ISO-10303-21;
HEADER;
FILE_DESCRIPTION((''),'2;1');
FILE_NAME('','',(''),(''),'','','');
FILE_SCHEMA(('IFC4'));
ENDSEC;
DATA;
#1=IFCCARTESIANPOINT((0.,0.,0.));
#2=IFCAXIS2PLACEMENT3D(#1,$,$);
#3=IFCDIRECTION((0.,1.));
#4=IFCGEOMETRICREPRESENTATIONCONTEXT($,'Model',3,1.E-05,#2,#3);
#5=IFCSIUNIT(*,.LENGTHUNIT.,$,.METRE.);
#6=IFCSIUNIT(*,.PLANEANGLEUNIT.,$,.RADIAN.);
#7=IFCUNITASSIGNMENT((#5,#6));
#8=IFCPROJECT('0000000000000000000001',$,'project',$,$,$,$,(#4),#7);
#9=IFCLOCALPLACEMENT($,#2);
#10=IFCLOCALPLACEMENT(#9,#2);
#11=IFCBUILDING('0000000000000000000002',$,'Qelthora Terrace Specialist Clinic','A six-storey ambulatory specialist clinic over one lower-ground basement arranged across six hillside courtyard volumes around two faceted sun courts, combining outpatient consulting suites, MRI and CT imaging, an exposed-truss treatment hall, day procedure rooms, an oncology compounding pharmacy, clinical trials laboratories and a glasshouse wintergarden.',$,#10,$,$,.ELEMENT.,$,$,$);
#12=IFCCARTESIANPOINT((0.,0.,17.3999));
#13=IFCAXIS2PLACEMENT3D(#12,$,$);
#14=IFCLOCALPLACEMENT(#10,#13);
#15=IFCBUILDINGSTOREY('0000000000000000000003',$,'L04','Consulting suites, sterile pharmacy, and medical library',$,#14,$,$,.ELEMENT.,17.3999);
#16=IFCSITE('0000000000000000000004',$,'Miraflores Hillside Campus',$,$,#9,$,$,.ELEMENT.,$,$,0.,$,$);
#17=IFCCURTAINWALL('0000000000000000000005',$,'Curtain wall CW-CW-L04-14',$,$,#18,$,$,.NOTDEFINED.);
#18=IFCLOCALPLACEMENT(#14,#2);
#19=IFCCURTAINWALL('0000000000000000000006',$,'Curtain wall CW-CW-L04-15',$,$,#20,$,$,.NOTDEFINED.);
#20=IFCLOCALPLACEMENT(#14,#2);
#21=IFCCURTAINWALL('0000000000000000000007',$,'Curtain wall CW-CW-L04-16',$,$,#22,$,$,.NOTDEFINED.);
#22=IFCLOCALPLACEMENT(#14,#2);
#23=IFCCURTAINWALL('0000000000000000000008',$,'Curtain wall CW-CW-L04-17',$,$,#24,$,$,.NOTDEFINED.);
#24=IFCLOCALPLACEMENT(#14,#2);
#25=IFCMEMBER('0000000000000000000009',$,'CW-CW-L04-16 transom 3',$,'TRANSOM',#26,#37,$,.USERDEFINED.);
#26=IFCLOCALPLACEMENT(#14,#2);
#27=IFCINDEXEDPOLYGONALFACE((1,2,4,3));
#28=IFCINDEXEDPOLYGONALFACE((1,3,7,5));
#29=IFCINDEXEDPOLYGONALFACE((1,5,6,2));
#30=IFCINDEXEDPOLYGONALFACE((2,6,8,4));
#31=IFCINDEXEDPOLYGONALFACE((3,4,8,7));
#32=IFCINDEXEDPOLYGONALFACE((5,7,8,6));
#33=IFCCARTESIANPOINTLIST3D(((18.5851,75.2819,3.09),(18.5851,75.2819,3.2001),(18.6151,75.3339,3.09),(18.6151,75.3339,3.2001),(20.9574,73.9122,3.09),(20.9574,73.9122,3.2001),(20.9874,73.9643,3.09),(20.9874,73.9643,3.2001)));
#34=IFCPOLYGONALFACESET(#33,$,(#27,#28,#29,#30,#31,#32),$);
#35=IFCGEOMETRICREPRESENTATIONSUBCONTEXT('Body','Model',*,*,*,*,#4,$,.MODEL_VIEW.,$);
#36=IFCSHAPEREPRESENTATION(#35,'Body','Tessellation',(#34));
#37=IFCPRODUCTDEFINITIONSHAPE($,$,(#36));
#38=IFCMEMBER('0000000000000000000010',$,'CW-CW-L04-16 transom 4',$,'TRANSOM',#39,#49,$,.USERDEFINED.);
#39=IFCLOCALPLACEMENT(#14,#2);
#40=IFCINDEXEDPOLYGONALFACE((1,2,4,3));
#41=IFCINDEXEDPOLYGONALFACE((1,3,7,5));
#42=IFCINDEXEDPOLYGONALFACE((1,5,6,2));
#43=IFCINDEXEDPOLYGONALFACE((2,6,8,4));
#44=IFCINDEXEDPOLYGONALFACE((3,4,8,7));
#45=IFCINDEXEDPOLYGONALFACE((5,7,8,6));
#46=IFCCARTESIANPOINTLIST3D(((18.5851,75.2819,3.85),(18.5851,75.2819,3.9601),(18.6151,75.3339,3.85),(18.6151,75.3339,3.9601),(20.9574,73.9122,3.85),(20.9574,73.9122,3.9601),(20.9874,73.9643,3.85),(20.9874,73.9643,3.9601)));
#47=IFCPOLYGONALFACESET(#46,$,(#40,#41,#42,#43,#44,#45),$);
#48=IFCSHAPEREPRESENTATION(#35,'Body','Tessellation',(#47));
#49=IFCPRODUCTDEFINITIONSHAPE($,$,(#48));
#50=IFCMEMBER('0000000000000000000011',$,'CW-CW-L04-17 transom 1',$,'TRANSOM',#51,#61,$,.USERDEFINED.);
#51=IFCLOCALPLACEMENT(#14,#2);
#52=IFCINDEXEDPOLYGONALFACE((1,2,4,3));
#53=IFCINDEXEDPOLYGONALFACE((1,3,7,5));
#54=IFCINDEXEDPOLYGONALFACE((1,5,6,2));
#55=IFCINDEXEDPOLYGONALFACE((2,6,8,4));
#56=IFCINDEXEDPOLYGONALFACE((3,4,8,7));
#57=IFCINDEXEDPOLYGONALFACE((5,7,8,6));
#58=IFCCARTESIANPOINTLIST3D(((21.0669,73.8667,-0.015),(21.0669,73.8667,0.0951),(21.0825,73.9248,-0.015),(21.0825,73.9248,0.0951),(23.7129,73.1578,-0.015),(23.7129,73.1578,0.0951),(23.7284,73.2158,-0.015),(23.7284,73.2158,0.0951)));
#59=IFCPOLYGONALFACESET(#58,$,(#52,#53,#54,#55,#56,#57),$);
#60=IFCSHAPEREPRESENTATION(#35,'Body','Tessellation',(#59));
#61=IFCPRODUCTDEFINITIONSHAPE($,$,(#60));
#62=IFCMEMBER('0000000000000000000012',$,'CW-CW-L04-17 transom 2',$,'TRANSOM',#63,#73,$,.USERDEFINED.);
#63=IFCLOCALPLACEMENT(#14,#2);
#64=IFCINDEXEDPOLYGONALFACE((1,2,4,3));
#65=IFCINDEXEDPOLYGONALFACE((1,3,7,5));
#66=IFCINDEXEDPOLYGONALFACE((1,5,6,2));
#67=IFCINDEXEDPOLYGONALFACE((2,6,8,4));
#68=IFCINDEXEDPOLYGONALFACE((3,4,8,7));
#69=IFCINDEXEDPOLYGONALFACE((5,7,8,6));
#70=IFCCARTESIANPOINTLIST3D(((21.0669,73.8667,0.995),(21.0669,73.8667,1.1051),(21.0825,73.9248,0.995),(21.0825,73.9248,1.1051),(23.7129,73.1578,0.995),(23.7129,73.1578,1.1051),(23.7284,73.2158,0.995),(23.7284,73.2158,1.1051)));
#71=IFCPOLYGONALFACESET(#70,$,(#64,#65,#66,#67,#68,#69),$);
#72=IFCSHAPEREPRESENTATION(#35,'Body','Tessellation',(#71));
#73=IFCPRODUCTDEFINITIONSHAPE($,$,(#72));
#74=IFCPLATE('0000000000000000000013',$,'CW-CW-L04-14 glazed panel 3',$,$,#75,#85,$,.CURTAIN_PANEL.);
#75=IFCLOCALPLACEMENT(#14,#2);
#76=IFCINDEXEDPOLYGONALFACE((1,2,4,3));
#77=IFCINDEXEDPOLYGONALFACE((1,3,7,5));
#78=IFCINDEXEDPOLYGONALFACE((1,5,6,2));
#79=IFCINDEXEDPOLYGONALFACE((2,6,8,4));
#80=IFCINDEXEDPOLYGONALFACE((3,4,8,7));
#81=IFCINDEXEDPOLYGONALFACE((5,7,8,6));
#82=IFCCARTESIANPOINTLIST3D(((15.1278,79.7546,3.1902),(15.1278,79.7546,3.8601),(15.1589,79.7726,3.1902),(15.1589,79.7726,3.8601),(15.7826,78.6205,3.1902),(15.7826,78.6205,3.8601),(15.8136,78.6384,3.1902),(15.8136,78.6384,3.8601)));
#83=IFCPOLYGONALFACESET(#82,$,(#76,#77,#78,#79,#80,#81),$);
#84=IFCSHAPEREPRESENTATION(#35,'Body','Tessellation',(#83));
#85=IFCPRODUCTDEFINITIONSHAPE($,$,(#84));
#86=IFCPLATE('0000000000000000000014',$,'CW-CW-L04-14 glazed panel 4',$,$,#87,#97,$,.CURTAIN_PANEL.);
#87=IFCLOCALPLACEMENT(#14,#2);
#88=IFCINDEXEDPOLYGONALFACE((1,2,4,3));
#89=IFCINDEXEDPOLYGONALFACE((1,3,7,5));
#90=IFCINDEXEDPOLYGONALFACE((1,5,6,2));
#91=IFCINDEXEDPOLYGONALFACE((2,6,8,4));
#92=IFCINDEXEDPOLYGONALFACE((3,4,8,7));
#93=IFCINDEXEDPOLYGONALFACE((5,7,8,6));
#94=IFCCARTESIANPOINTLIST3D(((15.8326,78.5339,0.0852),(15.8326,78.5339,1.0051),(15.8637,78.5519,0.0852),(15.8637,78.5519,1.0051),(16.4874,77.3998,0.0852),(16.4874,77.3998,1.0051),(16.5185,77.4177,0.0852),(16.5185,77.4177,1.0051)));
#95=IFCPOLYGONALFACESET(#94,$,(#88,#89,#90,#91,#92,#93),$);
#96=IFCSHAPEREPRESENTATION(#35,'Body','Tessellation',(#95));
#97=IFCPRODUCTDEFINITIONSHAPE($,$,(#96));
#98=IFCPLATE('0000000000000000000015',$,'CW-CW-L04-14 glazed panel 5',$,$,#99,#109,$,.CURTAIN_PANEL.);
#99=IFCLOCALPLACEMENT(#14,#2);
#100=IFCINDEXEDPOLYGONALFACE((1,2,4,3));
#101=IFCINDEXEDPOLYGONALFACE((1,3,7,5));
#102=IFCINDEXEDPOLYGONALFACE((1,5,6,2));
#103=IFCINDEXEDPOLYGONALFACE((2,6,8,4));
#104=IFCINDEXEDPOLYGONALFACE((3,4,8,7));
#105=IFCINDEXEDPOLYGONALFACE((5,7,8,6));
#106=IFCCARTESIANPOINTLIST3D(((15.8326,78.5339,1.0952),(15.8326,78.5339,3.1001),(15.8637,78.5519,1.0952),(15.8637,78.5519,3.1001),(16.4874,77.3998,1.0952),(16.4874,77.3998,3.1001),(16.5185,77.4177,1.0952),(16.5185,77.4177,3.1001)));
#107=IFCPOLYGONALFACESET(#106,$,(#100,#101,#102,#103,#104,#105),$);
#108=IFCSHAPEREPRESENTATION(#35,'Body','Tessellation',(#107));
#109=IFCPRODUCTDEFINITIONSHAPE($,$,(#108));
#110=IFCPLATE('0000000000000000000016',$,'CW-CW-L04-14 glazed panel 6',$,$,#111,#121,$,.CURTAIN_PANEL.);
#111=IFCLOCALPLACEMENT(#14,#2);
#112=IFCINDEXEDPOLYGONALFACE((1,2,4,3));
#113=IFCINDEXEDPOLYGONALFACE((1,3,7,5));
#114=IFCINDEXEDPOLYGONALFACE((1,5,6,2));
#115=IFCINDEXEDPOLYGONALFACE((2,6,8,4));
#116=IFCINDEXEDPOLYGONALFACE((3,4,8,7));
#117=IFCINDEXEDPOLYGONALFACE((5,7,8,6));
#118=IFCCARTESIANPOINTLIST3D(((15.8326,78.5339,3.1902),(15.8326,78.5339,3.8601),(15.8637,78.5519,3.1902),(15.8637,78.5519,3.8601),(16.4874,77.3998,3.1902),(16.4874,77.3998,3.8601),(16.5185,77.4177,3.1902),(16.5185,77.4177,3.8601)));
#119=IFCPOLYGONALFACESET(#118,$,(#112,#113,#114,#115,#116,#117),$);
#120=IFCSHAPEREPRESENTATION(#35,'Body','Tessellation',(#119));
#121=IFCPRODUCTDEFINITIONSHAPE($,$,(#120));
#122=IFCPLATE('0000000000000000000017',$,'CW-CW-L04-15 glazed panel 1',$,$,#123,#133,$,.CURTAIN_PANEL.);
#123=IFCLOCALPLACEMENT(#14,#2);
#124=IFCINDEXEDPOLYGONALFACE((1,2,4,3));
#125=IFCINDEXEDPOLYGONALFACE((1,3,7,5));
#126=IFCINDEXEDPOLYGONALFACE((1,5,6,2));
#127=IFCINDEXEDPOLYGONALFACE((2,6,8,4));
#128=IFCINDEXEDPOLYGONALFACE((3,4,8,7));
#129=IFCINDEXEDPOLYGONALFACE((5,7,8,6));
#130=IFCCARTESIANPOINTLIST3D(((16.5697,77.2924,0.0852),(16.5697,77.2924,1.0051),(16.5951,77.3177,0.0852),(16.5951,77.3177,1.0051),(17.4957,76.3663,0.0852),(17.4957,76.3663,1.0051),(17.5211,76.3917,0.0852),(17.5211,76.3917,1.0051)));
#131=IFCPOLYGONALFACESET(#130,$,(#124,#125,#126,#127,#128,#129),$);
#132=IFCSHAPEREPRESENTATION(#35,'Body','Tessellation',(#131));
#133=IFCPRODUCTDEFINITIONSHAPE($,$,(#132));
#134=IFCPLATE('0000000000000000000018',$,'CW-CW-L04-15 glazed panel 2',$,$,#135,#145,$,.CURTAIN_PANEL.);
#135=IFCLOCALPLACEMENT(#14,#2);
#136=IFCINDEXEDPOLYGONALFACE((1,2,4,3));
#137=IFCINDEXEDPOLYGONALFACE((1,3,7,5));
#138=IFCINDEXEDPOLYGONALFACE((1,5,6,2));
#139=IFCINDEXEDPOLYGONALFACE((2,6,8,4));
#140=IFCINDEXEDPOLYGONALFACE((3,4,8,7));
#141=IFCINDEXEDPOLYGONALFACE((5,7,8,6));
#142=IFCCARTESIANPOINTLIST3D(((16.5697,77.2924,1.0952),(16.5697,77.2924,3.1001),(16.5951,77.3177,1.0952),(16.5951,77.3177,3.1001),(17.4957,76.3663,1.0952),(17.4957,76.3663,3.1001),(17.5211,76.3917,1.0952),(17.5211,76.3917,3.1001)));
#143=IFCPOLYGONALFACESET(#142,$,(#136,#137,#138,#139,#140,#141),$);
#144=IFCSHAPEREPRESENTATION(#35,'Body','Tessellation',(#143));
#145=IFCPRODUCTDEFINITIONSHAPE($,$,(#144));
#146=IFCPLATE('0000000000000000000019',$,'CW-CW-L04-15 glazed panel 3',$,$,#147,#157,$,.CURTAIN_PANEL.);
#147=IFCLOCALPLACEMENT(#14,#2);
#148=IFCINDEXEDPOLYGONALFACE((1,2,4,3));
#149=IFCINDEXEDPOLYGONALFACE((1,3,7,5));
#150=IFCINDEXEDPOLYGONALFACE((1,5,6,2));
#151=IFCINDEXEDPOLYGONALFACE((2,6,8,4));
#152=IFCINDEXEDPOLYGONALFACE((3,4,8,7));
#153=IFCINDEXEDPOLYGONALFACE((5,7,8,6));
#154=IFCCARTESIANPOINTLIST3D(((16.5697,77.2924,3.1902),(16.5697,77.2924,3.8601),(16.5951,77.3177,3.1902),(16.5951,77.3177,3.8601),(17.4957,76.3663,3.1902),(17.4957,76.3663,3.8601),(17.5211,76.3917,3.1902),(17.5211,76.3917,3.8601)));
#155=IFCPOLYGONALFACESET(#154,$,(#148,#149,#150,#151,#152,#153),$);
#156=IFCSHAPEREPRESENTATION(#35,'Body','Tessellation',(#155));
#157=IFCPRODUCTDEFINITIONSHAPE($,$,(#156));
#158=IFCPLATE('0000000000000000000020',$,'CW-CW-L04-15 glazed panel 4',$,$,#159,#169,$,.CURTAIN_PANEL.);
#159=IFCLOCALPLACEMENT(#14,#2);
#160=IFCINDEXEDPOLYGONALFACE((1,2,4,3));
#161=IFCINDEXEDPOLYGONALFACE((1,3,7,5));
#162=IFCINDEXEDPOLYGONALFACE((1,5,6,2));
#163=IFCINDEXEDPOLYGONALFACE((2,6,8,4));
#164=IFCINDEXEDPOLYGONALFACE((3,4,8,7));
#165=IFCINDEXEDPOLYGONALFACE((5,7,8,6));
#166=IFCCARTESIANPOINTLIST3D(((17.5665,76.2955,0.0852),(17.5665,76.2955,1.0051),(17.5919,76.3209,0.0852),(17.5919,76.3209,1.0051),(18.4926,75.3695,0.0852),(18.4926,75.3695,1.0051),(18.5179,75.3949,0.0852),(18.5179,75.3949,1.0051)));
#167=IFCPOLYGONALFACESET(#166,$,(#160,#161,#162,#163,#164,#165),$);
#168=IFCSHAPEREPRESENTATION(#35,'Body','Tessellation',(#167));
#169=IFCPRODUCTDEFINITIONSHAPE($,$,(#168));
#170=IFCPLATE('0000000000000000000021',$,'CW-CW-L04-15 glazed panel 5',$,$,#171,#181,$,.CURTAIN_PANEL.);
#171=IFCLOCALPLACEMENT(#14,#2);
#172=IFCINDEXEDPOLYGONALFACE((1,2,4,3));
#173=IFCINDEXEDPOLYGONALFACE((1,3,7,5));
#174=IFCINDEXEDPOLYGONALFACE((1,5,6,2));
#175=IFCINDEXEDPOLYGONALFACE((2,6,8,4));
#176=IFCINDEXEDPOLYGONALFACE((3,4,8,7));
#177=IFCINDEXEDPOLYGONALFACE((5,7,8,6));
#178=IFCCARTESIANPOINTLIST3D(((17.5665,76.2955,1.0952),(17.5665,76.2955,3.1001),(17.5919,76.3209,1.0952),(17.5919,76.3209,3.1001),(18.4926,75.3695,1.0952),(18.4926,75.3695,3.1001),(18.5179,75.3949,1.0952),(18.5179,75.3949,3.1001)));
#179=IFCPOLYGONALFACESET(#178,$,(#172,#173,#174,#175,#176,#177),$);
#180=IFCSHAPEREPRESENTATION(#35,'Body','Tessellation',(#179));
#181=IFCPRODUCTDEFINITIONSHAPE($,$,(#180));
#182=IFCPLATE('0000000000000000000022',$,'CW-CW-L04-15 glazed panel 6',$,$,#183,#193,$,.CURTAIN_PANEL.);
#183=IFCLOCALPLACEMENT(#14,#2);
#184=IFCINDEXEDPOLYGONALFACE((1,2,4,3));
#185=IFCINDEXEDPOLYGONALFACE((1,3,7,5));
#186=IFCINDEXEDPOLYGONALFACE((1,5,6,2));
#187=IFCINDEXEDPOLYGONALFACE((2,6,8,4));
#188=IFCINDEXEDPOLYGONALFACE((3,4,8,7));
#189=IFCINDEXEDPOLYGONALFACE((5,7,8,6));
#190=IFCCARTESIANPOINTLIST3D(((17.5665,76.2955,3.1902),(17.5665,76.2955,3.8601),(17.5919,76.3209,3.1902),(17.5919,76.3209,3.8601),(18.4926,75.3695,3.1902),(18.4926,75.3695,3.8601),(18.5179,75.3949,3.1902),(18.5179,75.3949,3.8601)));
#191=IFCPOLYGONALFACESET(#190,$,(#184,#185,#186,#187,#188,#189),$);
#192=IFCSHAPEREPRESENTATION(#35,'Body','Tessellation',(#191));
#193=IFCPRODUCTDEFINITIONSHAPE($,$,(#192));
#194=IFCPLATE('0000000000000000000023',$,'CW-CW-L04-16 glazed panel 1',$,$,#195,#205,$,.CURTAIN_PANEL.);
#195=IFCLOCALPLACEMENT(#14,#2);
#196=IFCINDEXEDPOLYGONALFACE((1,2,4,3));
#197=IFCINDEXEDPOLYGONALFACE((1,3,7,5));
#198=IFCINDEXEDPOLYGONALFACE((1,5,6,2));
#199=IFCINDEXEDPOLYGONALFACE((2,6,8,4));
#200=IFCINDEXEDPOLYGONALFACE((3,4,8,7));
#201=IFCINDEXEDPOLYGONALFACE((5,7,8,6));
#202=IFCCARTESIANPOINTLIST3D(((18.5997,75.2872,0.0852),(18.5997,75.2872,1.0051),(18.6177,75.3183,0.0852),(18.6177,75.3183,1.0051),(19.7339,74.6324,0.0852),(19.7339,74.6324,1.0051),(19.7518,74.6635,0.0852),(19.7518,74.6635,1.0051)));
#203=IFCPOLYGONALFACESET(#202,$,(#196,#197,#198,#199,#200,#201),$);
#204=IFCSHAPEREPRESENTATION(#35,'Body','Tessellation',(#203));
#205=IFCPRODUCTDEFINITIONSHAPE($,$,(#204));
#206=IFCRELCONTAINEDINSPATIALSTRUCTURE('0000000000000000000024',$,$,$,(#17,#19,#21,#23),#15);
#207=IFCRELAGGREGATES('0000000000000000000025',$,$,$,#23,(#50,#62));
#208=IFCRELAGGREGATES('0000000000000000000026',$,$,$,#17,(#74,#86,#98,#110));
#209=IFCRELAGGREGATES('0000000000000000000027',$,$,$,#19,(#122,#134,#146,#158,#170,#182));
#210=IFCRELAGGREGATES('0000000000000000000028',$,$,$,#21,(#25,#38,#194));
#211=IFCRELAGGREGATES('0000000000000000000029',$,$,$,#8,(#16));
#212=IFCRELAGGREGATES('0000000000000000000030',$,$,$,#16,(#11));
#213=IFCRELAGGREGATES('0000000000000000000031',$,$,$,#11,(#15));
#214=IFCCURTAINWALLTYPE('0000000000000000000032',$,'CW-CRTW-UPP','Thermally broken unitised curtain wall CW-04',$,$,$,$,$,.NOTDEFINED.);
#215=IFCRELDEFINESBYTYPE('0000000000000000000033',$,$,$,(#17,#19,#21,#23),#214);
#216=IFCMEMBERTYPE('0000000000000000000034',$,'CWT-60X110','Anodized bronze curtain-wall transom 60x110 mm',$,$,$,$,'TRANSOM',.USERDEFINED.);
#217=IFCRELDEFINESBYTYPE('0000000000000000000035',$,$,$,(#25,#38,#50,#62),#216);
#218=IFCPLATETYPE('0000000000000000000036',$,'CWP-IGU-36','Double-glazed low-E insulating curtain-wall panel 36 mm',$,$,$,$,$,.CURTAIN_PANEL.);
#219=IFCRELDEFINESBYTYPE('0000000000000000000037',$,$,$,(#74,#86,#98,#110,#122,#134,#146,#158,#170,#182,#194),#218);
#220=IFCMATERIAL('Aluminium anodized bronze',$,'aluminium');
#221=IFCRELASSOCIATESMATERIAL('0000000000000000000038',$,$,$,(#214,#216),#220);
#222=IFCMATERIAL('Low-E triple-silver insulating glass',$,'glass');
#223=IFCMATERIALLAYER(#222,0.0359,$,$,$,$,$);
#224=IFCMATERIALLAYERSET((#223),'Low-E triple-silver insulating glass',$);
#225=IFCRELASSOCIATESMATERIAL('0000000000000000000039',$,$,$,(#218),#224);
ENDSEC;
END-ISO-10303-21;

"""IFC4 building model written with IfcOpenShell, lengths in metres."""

from ifc_helpers import new_model, si_unit, direction, frame, origin, origin_2d, place, context, subcontext, project, spatial, rectangle, extrude, material, layer, layer_set, material_profile, profile_set, type_object, element, aggregate, save


model = new_model("IFC4")

# Units and contexts
model_context = context("Model", 3, precision=1e-05, world=origin(), true_north=direction((0.0, 1.0)))
body_context = subcontext(model_context, "Body", "Model", "MODEL_VIEW")
ifc_project = project(units=[si_unit("LENGTHUNIT", "METRE"), si_unit("PLANEANGLEUNIT", "RADIAN")], contexts=[model_context])

# Site, building, storey
site_placement = place(None, origin())
site = spatial("IfcSite", under=ifc_project, at=site_placement, Name="Miraflores Hillside Campus", CompositionType="ELEMENT", RefElevation=0.0)
building_placement = place(site_placement, origin())
building = spatial("IfcBuilding", under=site, at=building_placement, Name="Qelthora Terrace Specialist Clinic", Description="A six-storey ambulatory specialist clinic over one lower-ground basement arranged across six hillside courtyard volumes around two faceted sun courts, combining outpatient consulting suites, MRI and CT imaging, an exposed-truss treatment hall, day procedure rooms, an oncology compounding pharmacy, clinical trials laboratories and a glasshouse wintergarden.", CompositionType="ELEMENT")
storey_placement = place(building_placement, frame((0.0, 0.0, 17.3999)))
storey = spatial("IfcBuildingStorey", under=building, at=storey_placement, Name="L04", Description="Consulting suites, sterile pharmacy, and medical library", CompositionType="ELEMENT", Elevation=17.3999)

# Curtain walls
ifc_material_1 = material(Name="Aluminium anodized bronze", Category="aluminium")
curtain_wall_type = type_object("IfcCurtainWallType", Name="CW-CRTW-UPP", Description="Thermally broken unitised curtain wall CW-04", PredefinedType="NOTDEFINED", material=ifc_material_1)
curtain_wall_1_placement = place(storey_placement, origin())
curtain_wall_1 = element("IfcCurtainWall", 1, at=curtain_wall_1_placement, inside=storey, type_object=curtain_wall_type, Name="Curtain wall CW-CW-L04-14", PredefinedType="NOTDEFINED")
curtain_wall_2_placement = place(storey_placement, origin())
curtain_wall_2 = element("IfcCurtainWall", 2, at=curtain_wall_2_placement, inside=storey, type_object=curtain_wall_type, Name="Curtain wall CW-CW-L04-15", PredefinedType="NOTDEFINED")
curtain_wall_3_placement = place(storey_placement, origin())
curtain_wall_3 = element("IfcCurtainWall", 3, at=curtain_wall_3_placement, inside=storey, type_object=curtain_wall_type, Name="Curtain wall CW-CW-L04-16", PredefinedType="NOTDEFINED")

# Curtain wall
curtain_wall_4_placement = place(storey_placement, origin())
curtain_wall_4 = element("IfcCurtainWall", 4, at=curtain_wall_4_placement, inside=storey, type_object=curtain_wall_type, Name="Curtain wall CW-CW-L04-17", PredefinedType="NOTDEFINED")

# Members
ifc_material_profile_1 = material_profile(ifc_material_1, rectangle(XDim=0.0601, YDim=0.1101, at=origin_2d()), Name="CWT60X110")
ifc_profile_set_1 = profile_set([ifc_material_profile_1], Name="Aluminium anodized bronze")
member_type_1 = type_object("IfcMemberType", Name="CWT-60X110", Description="Anodized bronze curtain-wall transom 60x110 mm", ElementType="TRANSOM", PredefinedType="USERDEFINED", material=ifc_profile_set_1)
member_1_placement = place(storey_placement, frame((18.6001, 75.3079, 3.145), z_axis=(0.86603, -0.499992, 0.0), x_axis=(0.499992, 0.86603, 0.0)))
member_1 = element("IfcMember", 5, at=member_1_placement, type_object=member_type_1, Name="CW-CW-L04-16 transom 3", ObjectType="TRANSOM", PredefinedType="USERDEFINED", context=body_context, shape_type="SweptSolid", body=[
    extrude(rectangle(XDim=0.0601, YDim=0.1101, at=origin_2d()), origin(), (0.0, 0.0, 1.0), 2.7393),
])
member_2_placement = place(storey_placement, frame((18.6001, 75.3079, 3.905), z_axis=(0.86603, -0.499992, 0.0), x_axis=(0.499992, 0.86603, 0.0)))
member_2 = element("IfcMember", 6, at=member_2_placement, type_object=member_type_1, Name="CW-CW-L04-16 transom 4", ObjectType="TRANSOM", PredefinedType="USERDEFINED", context=body_context, shape_type="SweptSolid", body=[
    extrude(rectangle(XDim=0.0601, YDim=0.1101, at=origin_2d()), origin(), (0.0, 0.0, 1.0), 2.7393),
])
member_3_placement = place(storey_placement, frame((21.0747, 73.8958, 0.04), z_axis=(0.965927, -0.258816, 0.0), x_axis=(0.258816, 0.965927, 0.0)))
member_3 = element("IfcMember", 7, at=member_3_placement, type_object=member_type_1, Name="CW-CW-L04-17 transom 1", ObjectType="TRANSOM", PredefinedType="USERDEFINED", context=body_context, shape_type="SweptSolid", body=[
    extrude(rectangle(XDim=0.0601, YDim=0.1101, at=origin_2d()), origin(), (0.0, 0.0, 1.0), 2.7393),
])
member_4_placement = place(storey_placement, frame((21.0747, 73.8958, 1.05), z_axis=(0.965927, -0.258816, 0.0), x_axis=(0.258816, 0.965927, 0.0)))
member_4 = element("IfcMember", 8, at=member_4_placement, type_object=member_type_1, Name="CW-CW-L04-17 transom 2", ObjectType="TRANSOM", PredefinedType="USERDEFINED", context=body_context, shape_type="SweptSolid", body=[
    extrude(rectangle(XDim=0.0601, YDim=0.1101, at=origin_2d()), origin(), (0.0, 0.0, 1.0), 2.7393),
])
aggregate(curtain_wall_4, [member_3, member_4])

# Plates
ifc_material_2 = material(Name="Low-E triple-silver insulating glass", Category="glass")
ifc_layer = layer(ifc_material_2, 0.0359)
ifc_layer_set = layer_set([ifc_layer], Name="Low-E triple-silver insulating glass")
plate_type = type_object("IfcPlateType", Name="CWP-IGU-36", Description="Double-glazed low-E insulating curtain-wall panel 36 mm", PredefinedType="CURTAIN_PANEL", material=ifc_layer_set)
plate_1_placement = place(storey_placement, frame((15.4707, 79.1965, 3.1902), z_axis=(0.0, 0.0, 1.0), x_axis=(0.5, -0.866025, 0.0)))
plate_1 = element("IfcPlate", 9, at=plate_1_placement, type_object=plate_type, Name="CW-CW-L04-14 glazed panel 3", PredefinedType="CURTAIN_PANEL", context=body_context, shape_type="SweptSolid", body=[
    extrude(rectangle(XDim=1.3096, YDim=0.0359, at=origin_2d()), origin(), (0.0, 0.0, 1.0), 0.6699),
])
plate_2_placement = place(storey_placement, frame((16.1755, 77.9758, 0.0852), z_axis=(0.0, 0.0, 1.0), x_axis=(0.5, -0.866025, 0.0)))
plate_2 = element("IfcPlate", 10, at=plate_2_placement, type_object=plate_type, Name="CW-CW-L04-14 glazed panel 4", PredefinedType="CURTAIN_PANEL", context=body_context, shape_type="SweptSolid", body=[
    extrude(rectangle(XDim=1.3096, YDim=0.0359, at=origin_2d()), origin(), (0.0, 0.0, 1.0), 0.9199),
])
plate_3_placement = place(storey_placement, frame((16.1755, 77.9758, 1.0952), z_axis=(0.0, 0.0, 1.0), x_axis=(0.5, -0.866025, 0.0)))
plate_3 = element("IfcPlate", 11, at=plate_3_placement, type_object=plate_type, Name="CW-CW-L04-14 glazed panel 5", PredefinedType="CURTAIN_PANEL", context=body_context, shape_type="SweptSolid", body=[
    extrude(rectangle(XDim=1.3096, YDim=0.0359, at=origin_2d()), origin(), (0.0, 0.0, 1.0), 2.0049),
])
plate_4_placement = place(storey_placement, frame((16.1755, 77.9758, 3.1902), z_axis=(0.0, 0.0, 1.0), x_axis=(0.5, -0.866025, 0.0)))
plate_4 = element("IfcPlate", 12, at=plate_4_placement, type_object=plate_type, Name="CW-CW-L04-14 glazed panel 6", PredefinedType="CURTAIN_PANEL", context=body_context, shape_type="SweptSolid", body=[
    extrude(rectangle(XDim=1.3096, YDim=0.0359, at=origin_2d()), origin(), (0.0, 0.0, 1.0), 0.6699),
])
aggregate(curtain_wall_1, [plate_1, plate_2, plate_3, plate_4])
plate_5_placement = place(storey_placement, frame((17.0454, 76.842, 0.0852), z_axis=(0.0, 0.0, 1.0), x_axis=(0.707107, -0.707107, 0.0)))
plate_5 = element("IfcPlate", 13, at=plate_5_placement, type_object=plate_type, Name="CW-CW-L04-15 glazed panel 1", PredefinedType="CURTAIN_PANEL", context=body_context, shape_type="SweptSolid", body=[
    extrude(rectangle(XDim=1.3096, YDim=0.0359, at=origin_2d()), origin(), (0.0, 0.0, 1.0), 0.9199),
])
plate_6_placement = place(storey_placement, frame((17.0454, 76.842, 1.0952), z_axis=(0.0, 0.0, 1.0), x_axis=(0.707107, -0.707107, 0.0)))
plate_6 = element("IfcPlate", 14, at=plate_6_placement, type_object=plate_type, Name="CW-CW-L04-15 glazed panel 2", PredefinedType="CURTAIN_PANEL", context=body_context, shape_type="SweptSolid", body=[
    extrude(rectangle(XDim=1.3096, YDim=0.0359, at=origin_2d()), origin(), (0.0, 0.0, 1.0), 2.0049),
])
plate_7_placement = place(storey_placement, frame((17.0454, 76.842, 3.1902), z_axis=(0.0, 0.0, 1.0), x_axis=(0.707107, -0.707107, 0.0)))
plate_7 = element("IfcPlate", 15, at=plate_7_placement, type_object=plate_type, Name="CW-CW-L04-15 glazed panel 3", PredefinedType="CURTAIN_PANEL", context=body_context, shape_type="SweptSolid", body=[
    extrude(rectangle(XDim=1.3096, YDim=0.0359, at=origin_2d()), origin(), (0.0, 0.0, 1.0), 0.6699),
])
plate_8_placement = place(storey_placement, frame((18.0422, 75.8452, 0.0852), z_axis=(0.0, 0.0, 1.0), x_axis=(0.707107, -0.707107, 0.0)))
plate_8 = element("IfcPlate", 16, at=plate_8_placement, type_object=plate_type, Name="CW-CW-L04-15 glazed panel 4", PredefinedType="CURTAIN_PANEL", context=body_context, shape_type="SweptSolid", body=[
    extrude(rectangle(XDim=1.3096, YDim=0.0359, at=origin_2d()), origin(), (0.0, 0.0, 1.0), 0.9199),
])
plate_9_placement = place(storey_placement, frame((18.0422, 75.8452, 1.0952), z_axis=(0.0, 0.0, 1.0), x_axis=(0.707107, -0.707107, 0.0)))
plate_9 = element("IfcPlate", 17, at=plate_9_placement, type_object=plate_type, Name="CW-CW-L04-15 glazed panel 5", PredefinedType="CURTAIN_PANEL", context=body_context, shape_type="SweptSolid", body=[
    extrude(rectangle(XDim=1.3096, YDim=0.0359, at=origin_2d()), origin(), (0.0, 0.0, 1.0), 2.0049),
])
plate_10_placement = place(storey_placement, frame((18.0422, 75.8452, 3.1902), z_axis=(0.0, 0.0, 1.0), x_axis=(0.707107, -0.707107, 0.0)))
plate_10 = element("IfcPlate", 18, at=plate_10_placement, type_object=plate_type, Name="CW-CW-L04-15 glazed panel 6", PredefinedType="CURTAIN_PANEL", context=body_context, shape_type="SweptSolid", body=[
    extrude(rectangle(XDim=1.3096, YDim=0.0359, at=origin_2d()), origin(), (0.0, 0.0, 1.0), 0.6699),
])
aggregate(curtain_wall_2, [plate_5, plate_6, plate_7, plate_8, plate_9, plate_10])
plate_11_placement = place(storey_placement, frame((19.1758, 74.9753, 0.0852), z_axis=(0.0, 0.0, 1.0), x_axis=(0.866025, -0.5, 0.0)))
plate_11 = element("IfcPlate", 19, at=plate_11_placement, type_object=plate_type, Name="CW-CW-L04-16 glazed panel 1", PredefinedType="CURTAIN_PANEL", context=body_context, shape_type="SweptSolid", body=[
    extrude(rectangle(XDim=1.3096, YDim=0.0359, at=origin_2d()), origin(), (0.0, 0.0, 1.0), 0.9199),
])
aggregate(curtain_wall_3, [member_1, member_2, plate_11])

save(model, "model.ifc")
